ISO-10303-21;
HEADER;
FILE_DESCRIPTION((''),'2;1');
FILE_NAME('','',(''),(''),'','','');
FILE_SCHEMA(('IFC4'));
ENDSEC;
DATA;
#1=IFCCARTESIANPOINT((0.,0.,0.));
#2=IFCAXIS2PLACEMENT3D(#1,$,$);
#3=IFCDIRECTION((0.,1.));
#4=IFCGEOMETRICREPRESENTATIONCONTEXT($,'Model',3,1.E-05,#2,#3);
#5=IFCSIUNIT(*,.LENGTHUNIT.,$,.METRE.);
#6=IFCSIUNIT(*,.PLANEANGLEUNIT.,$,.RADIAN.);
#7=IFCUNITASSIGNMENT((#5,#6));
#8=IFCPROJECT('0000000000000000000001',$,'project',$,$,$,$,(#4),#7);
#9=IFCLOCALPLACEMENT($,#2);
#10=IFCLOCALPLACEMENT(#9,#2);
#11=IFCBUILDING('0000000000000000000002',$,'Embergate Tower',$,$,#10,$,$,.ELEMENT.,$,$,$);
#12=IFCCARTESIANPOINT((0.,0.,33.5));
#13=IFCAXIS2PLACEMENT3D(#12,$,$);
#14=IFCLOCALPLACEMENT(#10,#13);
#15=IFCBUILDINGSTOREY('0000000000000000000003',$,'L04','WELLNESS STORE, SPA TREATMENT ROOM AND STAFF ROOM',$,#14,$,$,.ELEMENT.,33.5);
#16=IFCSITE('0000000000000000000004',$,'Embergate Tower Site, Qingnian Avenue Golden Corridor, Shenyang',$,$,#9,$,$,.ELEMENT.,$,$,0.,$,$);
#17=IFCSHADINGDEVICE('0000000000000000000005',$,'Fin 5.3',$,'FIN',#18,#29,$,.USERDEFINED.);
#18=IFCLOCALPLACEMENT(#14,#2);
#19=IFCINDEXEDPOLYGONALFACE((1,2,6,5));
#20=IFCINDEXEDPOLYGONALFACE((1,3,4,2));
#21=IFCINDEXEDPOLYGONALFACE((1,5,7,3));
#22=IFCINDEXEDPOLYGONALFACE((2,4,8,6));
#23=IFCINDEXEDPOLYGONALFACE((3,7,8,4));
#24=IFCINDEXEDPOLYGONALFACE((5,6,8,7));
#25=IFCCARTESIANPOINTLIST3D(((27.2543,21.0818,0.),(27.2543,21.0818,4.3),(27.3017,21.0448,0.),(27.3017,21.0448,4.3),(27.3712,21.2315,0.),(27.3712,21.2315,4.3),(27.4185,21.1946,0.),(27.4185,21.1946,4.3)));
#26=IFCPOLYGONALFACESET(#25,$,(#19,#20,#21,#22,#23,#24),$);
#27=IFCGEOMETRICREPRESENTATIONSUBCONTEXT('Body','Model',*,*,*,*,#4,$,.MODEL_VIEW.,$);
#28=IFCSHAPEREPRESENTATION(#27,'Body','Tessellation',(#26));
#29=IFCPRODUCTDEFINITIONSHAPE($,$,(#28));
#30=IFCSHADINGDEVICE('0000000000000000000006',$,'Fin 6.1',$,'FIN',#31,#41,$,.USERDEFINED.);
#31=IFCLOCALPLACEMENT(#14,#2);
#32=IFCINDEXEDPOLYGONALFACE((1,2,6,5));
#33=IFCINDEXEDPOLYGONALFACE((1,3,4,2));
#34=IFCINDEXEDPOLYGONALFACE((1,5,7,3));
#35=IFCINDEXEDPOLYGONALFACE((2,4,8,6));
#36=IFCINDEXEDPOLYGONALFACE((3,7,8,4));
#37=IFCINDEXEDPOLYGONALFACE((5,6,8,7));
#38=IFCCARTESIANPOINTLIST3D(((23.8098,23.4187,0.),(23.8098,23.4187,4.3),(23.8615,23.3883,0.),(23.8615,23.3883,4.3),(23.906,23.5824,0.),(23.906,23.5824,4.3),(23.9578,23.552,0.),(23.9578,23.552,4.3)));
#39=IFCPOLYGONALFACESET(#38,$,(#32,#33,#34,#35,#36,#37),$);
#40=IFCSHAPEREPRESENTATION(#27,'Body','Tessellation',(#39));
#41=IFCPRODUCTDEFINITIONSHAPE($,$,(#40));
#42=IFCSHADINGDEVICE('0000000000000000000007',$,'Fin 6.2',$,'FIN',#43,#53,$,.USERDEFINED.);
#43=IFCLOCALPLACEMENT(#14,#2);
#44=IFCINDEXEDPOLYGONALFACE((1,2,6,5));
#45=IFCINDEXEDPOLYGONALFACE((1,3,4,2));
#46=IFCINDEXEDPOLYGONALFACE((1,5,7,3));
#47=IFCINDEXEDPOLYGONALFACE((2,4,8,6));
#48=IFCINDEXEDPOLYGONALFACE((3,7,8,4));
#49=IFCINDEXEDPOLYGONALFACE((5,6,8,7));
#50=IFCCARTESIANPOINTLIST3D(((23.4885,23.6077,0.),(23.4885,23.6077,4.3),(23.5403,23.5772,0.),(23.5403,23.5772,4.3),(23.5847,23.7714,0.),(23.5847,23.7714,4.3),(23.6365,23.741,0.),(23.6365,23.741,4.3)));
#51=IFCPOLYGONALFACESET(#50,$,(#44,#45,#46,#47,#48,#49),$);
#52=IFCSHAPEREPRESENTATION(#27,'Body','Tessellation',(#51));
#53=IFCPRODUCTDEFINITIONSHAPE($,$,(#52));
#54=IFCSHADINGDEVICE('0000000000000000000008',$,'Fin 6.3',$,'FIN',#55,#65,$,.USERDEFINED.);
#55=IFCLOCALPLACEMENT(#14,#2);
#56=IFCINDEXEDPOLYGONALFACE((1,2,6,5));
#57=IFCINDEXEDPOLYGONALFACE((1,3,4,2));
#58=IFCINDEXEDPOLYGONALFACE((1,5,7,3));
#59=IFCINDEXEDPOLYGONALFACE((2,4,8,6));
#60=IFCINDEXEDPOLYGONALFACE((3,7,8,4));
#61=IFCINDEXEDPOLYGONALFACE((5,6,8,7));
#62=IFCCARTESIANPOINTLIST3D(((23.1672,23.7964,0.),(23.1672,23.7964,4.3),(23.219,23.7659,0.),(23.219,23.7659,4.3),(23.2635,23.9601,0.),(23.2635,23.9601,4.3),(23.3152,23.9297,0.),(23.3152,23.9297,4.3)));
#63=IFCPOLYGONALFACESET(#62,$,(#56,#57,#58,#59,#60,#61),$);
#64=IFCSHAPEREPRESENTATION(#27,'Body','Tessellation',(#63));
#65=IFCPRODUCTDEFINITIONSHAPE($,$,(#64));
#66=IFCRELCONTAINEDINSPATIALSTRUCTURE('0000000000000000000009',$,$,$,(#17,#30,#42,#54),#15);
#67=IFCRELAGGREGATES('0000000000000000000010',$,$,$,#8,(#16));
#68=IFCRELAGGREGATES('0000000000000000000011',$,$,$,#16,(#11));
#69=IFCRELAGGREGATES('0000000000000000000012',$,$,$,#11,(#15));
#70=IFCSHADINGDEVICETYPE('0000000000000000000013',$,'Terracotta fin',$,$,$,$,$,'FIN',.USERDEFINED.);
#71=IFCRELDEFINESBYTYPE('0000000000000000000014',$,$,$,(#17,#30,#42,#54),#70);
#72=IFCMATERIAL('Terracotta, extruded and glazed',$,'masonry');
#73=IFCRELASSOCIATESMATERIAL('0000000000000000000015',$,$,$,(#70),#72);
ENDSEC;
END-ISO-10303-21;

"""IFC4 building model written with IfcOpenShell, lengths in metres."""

from ifc_helpers import new_model, si_unit, direction, frame, origin, origin_2d, place, context, subcontext, project, spatial, rectangle, extrude, source, transform, mapped, material, material_profile, profile_set, type_object, element, save


model = new_model("IFC4")

# Units and contexts
model_context = context("Model", 3, precision=1e-05, world=origin(), true_north=direction((0.0, 1.0)))
body_context = subcontext(model_context, "Body", "Model", "MODEL_VIEW")
ifc_project = project(units=[si_unit("LENGTHUNIT", "METRE"), si_unit("PLANEANGLEUNIT", "RADIAN")], contexts=[model_context])

# Site, building, storey
site_placement = place(None, origin())
site = spatial("IfcSite", under=ifc_project, at=site_placement, Name="Embergate Tower Site, Qingnian Avenue Golden Corridor, Shenyang", CompositionType="ELEMENT", RefElevation=0.0)
building_placement = place(site_placement, origin())
building = spatial("IfcBuilding", under=site, at=building_placement, Name="Embergate Tower", CompositionType="ELEMENT")
storey_placement = place(building_placement, frame((0.0, 0.0, 33.5)))
storey = spatial("IfcBuildingStorey", under=building, at=storey_placement, Name="L04", Description="WELLNESS STORE, SPA TREATMENT ROOM AND STAFF ROOM", CompositionType="ELEMENT", Elevation=33.5)

# Shading devices
ifc_material_1 = material(Name="Terracotta, extruded and glazed", Category="masonry")
ifc_material_profile_1 = material_profile(ifc_material_1, rectangle(XDim=0.1899, YDim=0.0601, at=origin_2d()), Name="TC 190x60")
ifc_profile_set_1 = profile_set([ifc_material_profile_1], Name="Terracotta, extruded and glazed")
shading_device_type = type_object("IfcShadingDeviceType", Name="Terracotta fin", ElementType="FIN", PredefinedType="USERDEFINED", material=ifc_profile_set_1)
shared_shape_1 = source(origin(), body_context, "Body", "SweptSolid", [
    extrude(rectangle(XDim=0.1899, YDim=0.0601, at=origin_2d()), origin(), (0.0, 0.0, 1.0), 4.3),
])
for number, where, z_axis, x_axis, name in (
    (1, (27.3364, 21.1382, 0.0), (0.0, 0.0, 1.0), (-0.615263, -0.788322, 0.0), "Fin 5.3"),
    (2, (23.8838, 23.4854, 0.0), (0.0, 0.0, 1.0), (-0.506815, -0.862055, 0.0), "Fin 6.1"),
    (3, (23.5625, 23.6743, 0.0), (0.0, 0.0, 1.0), (-0.506815, -0.862055, 0.0), "Fin 6.2"),
    (4, (23.2412, 23.863, 0.0), (0.0, 0.0, 1.0), (-0.506815, -0.862055, 0.0), "Fin 6.3"),
):
    element("IfcShadingDevice", number, at=place(storey_placement, frame(where, z_axis=z_axis, x_axis=x_axis)), inside=storey, type_object=shading_device_type, Name=name, ObjectType="FIN", PredefinedType="USERDEFINED", context=body_context, shape_type="MappedRepresentation", body=[
        mapped(shared_shape_1, transform((0.0, 0.0, 0.0))),
    ])

save(model, "model.ifc")
